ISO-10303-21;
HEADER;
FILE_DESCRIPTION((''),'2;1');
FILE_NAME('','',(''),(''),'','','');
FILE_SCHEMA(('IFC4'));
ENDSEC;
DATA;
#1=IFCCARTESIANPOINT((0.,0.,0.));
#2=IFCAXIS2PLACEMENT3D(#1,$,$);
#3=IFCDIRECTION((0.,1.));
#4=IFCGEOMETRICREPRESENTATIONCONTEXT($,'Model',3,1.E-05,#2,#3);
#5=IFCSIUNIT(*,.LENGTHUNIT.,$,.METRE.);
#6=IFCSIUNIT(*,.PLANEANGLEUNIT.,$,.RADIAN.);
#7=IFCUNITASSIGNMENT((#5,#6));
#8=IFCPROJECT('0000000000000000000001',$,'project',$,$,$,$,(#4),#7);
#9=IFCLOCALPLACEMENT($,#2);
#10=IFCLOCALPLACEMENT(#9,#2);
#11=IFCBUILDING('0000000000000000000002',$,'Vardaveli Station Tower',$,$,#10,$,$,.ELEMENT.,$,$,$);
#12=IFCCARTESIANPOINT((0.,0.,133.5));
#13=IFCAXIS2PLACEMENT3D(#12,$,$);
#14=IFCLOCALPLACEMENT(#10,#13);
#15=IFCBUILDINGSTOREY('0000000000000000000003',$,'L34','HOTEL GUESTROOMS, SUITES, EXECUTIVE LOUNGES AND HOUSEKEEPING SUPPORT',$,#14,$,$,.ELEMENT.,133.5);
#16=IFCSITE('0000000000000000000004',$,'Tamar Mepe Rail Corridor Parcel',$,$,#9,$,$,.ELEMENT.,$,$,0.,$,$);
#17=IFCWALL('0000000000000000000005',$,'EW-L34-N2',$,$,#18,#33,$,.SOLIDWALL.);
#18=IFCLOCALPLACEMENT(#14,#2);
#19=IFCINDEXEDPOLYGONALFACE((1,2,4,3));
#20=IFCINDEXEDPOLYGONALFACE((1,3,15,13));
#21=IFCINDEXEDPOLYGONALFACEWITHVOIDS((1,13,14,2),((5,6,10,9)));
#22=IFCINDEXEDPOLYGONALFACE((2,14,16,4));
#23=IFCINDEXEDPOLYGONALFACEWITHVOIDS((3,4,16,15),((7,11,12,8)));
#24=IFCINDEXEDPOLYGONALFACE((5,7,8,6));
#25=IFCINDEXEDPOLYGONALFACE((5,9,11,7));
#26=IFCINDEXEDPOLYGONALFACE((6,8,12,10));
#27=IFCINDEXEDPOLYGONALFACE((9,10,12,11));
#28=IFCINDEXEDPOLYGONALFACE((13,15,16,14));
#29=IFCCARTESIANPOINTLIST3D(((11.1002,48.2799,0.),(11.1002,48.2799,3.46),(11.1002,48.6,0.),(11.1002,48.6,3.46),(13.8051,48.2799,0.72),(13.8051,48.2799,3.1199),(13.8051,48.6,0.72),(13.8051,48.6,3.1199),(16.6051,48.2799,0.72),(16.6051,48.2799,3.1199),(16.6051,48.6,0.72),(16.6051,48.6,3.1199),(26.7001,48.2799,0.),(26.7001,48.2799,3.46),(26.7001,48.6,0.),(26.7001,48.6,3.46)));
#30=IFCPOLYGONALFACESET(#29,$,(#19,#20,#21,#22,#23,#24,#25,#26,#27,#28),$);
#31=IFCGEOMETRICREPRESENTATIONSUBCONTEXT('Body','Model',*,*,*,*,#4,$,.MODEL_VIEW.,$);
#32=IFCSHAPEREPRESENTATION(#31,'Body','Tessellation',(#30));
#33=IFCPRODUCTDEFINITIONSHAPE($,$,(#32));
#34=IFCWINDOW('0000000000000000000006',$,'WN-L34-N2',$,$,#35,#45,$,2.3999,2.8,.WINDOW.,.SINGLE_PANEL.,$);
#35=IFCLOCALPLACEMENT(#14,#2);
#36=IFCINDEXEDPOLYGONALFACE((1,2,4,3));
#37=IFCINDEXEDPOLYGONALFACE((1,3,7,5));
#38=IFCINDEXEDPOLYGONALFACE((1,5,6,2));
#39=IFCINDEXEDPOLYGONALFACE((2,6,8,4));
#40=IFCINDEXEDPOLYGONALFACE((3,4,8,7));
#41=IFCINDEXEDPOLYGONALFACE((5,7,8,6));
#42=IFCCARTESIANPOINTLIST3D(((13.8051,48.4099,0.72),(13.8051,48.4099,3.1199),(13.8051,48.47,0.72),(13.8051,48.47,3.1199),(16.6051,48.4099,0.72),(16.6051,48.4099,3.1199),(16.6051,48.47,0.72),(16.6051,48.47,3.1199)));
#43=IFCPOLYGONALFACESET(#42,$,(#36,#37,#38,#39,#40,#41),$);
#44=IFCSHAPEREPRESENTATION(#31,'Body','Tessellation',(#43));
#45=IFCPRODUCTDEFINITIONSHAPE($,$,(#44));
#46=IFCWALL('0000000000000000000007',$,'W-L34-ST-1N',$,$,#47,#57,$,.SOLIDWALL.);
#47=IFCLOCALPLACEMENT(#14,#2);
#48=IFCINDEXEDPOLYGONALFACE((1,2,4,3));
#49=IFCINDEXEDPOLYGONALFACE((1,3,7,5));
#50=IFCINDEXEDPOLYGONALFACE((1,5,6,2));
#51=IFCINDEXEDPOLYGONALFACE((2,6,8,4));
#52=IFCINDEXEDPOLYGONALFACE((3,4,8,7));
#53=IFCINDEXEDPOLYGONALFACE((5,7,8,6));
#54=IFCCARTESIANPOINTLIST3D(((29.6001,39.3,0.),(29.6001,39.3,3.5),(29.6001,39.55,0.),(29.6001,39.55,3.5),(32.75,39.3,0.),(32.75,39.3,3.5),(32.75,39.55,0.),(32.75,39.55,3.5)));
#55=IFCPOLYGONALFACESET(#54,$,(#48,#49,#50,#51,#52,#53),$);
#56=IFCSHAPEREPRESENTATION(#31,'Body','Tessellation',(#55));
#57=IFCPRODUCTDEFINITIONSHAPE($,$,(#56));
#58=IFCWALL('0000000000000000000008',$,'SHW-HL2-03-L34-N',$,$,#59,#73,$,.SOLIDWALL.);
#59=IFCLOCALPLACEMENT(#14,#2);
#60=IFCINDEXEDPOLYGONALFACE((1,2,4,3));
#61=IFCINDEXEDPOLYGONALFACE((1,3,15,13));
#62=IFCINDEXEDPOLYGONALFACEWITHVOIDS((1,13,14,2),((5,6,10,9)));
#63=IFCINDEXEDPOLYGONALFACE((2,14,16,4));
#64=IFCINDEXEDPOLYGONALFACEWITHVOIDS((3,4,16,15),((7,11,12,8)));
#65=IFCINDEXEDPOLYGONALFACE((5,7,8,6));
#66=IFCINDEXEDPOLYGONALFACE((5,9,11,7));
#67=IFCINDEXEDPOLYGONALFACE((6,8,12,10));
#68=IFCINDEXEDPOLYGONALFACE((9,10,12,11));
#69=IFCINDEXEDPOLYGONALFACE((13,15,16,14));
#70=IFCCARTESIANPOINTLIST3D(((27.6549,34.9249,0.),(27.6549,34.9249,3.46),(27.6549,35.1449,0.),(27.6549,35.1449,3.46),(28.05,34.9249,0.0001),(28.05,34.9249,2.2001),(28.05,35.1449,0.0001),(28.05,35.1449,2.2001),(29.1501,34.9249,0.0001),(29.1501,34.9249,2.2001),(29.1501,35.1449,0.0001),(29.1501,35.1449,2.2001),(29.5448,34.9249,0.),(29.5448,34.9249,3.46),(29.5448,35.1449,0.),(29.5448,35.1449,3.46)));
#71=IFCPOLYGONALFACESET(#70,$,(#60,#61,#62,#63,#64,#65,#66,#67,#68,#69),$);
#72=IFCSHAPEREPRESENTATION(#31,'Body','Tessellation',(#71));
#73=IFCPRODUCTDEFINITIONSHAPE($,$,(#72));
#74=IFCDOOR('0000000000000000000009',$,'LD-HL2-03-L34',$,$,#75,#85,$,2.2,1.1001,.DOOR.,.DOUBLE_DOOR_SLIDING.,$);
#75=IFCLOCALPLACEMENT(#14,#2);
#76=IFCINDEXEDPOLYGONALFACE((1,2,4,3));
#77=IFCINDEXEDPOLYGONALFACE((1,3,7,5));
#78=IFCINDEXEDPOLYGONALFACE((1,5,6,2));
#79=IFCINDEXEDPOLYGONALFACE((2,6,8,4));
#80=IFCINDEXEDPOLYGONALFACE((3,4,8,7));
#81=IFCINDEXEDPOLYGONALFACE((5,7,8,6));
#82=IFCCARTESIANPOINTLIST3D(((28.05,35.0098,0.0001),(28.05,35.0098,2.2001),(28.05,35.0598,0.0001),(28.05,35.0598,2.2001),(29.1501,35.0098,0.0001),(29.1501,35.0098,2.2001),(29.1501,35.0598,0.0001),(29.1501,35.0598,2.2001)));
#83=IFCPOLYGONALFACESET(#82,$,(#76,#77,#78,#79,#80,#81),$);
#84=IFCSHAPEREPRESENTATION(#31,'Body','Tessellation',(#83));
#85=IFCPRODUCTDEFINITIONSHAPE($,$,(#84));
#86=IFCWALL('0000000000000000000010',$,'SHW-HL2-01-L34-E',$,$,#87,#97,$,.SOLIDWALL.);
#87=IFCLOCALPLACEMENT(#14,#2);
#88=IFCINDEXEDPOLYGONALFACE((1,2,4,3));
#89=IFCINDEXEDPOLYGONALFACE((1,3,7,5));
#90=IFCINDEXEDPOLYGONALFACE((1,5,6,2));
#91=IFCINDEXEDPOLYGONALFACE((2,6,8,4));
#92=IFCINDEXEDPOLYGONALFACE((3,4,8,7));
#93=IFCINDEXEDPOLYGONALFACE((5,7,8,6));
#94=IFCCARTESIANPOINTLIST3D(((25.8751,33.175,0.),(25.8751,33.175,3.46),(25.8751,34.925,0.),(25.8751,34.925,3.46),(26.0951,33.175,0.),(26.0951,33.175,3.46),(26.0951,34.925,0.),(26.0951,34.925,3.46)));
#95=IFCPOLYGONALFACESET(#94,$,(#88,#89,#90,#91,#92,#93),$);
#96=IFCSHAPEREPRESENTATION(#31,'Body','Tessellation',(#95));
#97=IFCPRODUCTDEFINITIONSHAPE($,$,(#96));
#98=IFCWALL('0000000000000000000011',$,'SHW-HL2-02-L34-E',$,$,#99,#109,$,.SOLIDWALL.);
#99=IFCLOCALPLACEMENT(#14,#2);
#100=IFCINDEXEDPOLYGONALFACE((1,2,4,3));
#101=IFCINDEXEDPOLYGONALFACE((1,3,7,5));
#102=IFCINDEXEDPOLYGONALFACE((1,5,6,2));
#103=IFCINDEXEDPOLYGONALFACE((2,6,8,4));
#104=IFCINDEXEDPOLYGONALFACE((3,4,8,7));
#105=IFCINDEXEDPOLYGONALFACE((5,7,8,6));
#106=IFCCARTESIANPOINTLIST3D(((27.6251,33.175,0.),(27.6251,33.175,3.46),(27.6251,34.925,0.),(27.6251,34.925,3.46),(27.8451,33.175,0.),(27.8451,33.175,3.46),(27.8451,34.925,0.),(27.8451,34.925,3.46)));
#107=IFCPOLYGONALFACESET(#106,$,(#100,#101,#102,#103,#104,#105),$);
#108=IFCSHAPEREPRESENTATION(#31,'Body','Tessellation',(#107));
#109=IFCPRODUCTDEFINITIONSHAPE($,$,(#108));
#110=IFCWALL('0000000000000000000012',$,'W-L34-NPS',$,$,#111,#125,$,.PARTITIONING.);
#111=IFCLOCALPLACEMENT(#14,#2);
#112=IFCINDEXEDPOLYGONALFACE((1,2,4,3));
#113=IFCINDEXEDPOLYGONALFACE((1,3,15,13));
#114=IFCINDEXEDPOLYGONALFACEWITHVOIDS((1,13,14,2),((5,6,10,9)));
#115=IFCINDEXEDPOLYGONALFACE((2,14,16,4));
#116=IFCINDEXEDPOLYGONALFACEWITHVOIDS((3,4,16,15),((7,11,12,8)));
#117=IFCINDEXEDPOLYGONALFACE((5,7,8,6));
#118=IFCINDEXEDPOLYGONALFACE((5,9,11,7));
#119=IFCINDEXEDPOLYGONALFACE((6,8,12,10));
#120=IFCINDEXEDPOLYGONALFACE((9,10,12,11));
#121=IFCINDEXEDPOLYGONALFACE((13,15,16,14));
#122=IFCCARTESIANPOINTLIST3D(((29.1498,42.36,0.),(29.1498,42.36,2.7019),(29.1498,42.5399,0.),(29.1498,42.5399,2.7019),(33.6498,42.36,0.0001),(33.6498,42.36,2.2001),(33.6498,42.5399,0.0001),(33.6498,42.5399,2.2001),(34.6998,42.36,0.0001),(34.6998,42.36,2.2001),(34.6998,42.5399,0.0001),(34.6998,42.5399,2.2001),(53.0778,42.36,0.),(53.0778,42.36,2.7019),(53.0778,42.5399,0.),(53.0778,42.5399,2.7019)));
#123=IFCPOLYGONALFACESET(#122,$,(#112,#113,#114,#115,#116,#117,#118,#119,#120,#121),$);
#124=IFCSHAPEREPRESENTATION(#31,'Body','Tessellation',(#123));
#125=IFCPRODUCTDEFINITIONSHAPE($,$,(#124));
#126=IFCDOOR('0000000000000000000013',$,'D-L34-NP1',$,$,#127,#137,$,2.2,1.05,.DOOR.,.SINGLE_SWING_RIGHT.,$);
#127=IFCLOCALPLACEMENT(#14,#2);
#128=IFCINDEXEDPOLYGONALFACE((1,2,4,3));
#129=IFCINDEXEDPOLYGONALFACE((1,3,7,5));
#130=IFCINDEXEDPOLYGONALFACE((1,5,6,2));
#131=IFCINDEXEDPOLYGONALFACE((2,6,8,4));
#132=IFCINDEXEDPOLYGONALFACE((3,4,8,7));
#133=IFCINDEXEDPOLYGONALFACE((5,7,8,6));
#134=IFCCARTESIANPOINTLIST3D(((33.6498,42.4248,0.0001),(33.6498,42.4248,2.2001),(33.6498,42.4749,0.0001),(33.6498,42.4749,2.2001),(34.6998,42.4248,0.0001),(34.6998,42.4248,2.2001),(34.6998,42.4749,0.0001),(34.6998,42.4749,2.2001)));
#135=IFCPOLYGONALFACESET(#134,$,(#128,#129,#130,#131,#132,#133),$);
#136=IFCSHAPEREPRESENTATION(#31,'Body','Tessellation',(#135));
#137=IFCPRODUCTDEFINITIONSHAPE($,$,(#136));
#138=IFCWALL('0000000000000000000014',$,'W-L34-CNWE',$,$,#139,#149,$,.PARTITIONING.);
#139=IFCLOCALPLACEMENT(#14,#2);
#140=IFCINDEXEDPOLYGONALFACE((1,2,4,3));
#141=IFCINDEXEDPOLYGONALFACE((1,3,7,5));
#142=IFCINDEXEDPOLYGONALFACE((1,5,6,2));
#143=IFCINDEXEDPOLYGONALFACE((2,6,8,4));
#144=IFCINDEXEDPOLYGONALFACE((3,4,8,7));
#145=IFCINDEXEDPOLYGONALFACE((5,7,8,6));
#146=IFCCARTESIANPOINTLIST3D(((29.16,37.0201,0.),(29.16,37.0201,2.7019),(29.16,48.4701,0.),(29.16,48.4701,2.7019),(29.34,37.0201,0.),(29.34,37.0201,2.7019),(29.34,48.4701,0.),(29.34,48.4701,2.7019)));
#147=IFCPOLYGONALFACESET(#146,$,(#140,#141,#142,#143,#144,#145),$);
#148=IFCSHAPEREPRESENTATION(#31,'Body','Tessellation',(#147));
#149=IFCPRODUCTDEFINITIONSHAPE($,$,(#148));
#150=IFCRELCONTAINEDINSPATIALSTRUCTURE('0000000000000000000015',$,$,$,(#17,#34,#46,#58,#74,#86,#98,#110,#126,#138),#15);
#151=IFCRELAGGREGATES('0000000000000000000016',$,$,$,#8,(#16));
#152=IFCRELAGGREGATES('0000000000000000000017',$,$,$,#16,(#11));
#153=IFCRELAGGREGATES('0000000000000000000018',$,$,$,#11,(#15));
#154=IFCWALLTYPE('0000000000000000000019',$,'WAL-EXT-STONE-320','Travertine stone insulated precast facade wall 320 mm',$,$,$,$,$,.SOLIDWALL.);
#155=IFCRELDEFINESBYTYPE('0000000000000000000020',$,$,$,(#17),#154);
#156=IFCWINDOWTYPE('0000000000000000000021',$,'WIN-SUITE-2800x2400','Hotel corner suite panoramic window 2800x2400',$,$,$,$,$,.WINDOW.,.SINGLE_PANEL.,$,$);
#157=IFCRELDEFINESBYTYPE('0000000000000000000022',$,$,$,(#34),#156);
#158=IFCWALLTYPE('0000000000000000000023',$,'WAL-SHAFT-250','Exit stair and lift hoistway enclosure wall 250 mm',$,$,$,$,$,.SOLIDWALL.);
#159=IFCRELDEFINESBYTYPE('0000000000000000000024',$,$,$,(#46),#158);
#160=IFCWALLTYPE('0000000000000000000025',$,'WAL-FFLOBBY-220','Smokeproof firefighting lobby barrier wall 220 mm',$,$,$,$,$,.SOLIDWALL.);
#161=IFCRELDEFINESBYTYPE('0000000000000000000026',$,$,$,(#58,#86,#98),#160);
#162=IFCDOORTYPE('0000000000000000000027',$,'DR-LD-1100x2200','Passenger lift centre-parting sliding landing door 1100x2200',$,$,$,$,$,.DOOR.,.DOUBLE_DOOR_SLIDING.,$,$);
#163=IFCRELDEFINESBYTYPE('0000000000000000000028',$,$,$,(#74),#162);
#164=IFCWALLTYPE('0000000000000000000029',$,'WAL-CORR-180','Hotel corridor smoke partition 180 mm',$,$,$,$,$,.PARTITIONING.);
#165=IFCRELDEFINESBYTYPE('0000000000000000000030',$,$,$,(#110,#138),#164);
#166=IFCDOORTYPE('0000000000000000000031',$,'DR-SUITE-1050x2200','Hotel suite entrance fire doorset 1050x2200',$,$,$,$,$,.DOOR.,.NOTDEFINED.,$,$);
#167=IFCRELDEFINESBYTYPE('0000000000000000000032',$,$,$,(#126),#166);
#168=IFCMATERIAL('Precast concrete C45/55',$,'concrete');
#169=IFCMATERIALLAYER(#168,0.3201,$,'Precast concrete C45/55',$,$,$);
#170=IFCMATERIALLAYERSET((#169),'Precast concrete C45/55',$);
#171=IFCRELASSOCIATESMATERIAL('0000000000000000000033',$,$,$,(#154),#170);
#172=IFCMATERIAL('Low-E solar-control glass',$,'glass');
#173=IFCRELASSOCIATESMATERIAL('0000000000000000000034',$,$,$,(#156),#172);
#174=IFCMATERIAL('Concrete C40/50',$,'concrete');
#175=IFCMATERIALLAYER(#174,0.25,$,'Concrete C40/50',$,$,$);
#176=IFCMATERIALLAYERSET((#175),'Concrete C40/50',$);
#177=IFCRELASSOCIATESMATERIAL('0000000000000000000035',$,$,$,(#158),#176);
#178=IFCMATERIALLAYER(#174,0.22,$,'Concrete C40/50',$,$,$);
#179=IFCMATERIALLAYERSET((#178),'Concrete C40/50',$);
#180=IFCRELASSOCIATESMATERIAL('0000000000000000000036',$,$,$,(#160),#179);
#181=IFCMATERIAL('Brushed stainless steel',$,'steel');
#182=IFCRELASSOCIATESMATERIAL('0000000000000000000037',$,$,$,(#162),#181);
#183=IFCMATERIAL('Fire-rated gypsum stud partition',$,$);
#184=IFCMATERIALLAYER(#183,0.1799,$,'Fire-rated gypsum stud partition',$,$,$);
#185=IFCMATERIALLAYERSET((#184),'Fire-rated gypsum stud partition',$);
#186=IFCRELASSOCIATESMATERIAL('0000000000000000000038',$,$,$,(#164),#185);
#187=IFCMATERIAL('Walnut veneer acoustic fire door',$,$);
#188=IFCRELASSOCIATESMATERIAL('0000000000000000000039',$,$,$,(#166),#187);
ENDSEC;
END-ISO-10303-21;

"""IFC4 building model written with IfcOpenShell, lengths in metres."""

from ifc_helpers import new_model, si_unit, direction, frame, frame_2d, origin, place, context, subcontext, project, spatial, rectangle, extrude, source, transform, mapped, material, layer, layer_set, type_object, element, fill, save


model = new_model("IFC4")

# Units and contexts
model_context = context("Model", 3, precision=1e-05, world=origin(), true_north=direction((0.0, 1.0)))
body_context = subcontext(model_context, "Body", "Model", "MODEL_VIEW")
ifc_project = project(units=[si_unit("LENGTHUNIT", "METRE"), si_unit("PLANEANGLEUNIT", "RADIAN")], contexts=[model_context])

# Site, building, storey
site_placement = place(None, origin())
site = spatial("IfcSite", under=ifc_project, at=site_placement, Name="Tamar Mepe Rail Corridor Parcel", CompositionType="ELEMENT", RefElevation=0.0)
building_placement = place(site_placement, origin())
building = spatial("IfcBuilding", under=site, at=building_placement, Name="Vardaveli Station Tower", CompositionType="ELEMENT")
storey_placement = place(building_placement, frame((0.0, 0.0, 133.5)))
storey = spatial("IfcBuildingStorey", under=building, at=storey_placement, Name="L34", Description="HOTEL GUESTROOMS, SUITES, EXECUTIVE LOUNGES AND HOUSEKEEPING SUPPORT", CompositionType="ELEMENT", Elevation=133.5)

# Shared definitions
ifc_material_1 = material(Name="Precast concrete C45/55", Category="concrete")

# Wall, opening, window
ifc_layer_1 = layer(ifc_material_1, 0.3201, Name="Precast concrete C45/55")
ifc_layer_set_1 = layer_set([ifc_layer_1], Name="Precast concrete C45/55")
wall_type_1 = type_object("IfcWallType", Name="WAL-EXT-STONE-320", Description="Travertine stone insulated precast facade wall 320 mm", PredefinedType="SOLIDWALL", material=ifc_layer_set_1)
shared_shape_1 = source(origin(), body_context, "Body", "SweptSolid", [
    extrude(rectangle(XDim=15.5999, YDim=0.3201, at=frame_2d((7.7998, 0.0))), origin(), (0.0, 0.0, 1.0), 3.46),
])
wall_1_placement = place(storey_placement, frame((26.7, 48.4399, 0.0), z_axis=(0.0, 0.0, 1.0), x_axis=(-1.0, 0.0, 0.0)))
wall_1 = element("IfcWall", 1, at=wall_1_placement, inside=storey, type_object=wall_type_1, Name="EW-L34-N2", PredefinedType="SOLIDWALL", context=body_context, shape_type="MappedRepresentation", body=[
    mapped(shared_shape_1, transform((0.0, 0.0, 0.0), scale=1.0)),
])
shared_shape_2 = source(origin(), body_context, "Body", "SweptSolid", [
    extrude(rectangle(XDim=2.8, YDim=2.3999, at=frame_2d((1.3999, 1.2))), frame((0.0, 0.1699, 0.0), z_axis=(0.0, -1.0, 0.0), x_axis=(1.0, 0.0, 0.0)), (0.0, 0.0, 1.0), 0.3401),
])
opening_1_placement = place(wall_1_placement, frame((10.095, 0.0, 0.72)))
opening_1 = element("IfcOpeningElement", 2, at=opening_1_placement, cuts=wall_1, PredefinedType="OPENING", context=body_context, shape_type="MappedRepresentation", body=[
    mapped(shared_shape_2, transform((0.0, 0.0, 0.0), scale=1.0)),
])
ifc_material_2 = material(Name="Low-E solar-control glass", Category="glass")
window_type = type_object("IfcWindowType", Name="WIN-SUITE-2800x2400", Description="Hotel corner suite panoramic window 2800x2400", PartitioningType="SINGLE_PANEL", PredefinedType="WINDOW", material=ifc_material_2)
shared_shape_3 = source(origin(), body_context, "Body", "SweptSolid", [
    extrude(rectangle(XDim=2.8, YDim=2.3999, at=frame_2d((1.3999, 1.2))), frame((0.0, 0.03, 0.0), z_axis=(0.0, -1.0, 0.0), x_axis=(1.0, 0.0, 0.0)), (0.0, 0.0, 1.0), 0.0601),
])
window_placement = place(opening_1_placement, origin())
window = element("IfcWindow", 3, at=window_placement, inside=storey, type_object=window_type, Name="WN-L34-N2", OverallHeight=2.3999, OverallWidth=2.8, PartitioningType="SINGLE_PANEL", PredefinedType="WINDOW", context=body_context, shape_type="MappedRepresentation", body=[
    mapped(shared_shape_3, transform((0.0, 0.0, 0.0), scale=1.0)),
])
fill(opening_1, window)

# Wall
ifc_material_3 = material(Name="Concrete C40/50", Category="concrete")
ifc_layer_2 = layer(ifc_material_3, 0.25, Name="Concrete C40/50")
ifc_layer_set_2 = layer_set([ifc_layer_2], Name="Concrete C40/50")
wall_type_2 = type_object("IfcWallType", Name="WAL-SHAFT-250", Description="Exit stair and lift hoistway enclosure wall 250 mm", PredefinedType="SOLIDWALL", material=ifc_layer_set_2)
shared_shape_4 = source(origin(), body_context, "Body", "SweptSolid", [
    extrude(rectangle(XDim=3.1499, YDim=0.25, at=frame_2d((1.575, 0.0))), origin(), (0.0, 0.0, 1.0), 3.5),
])
wall_2_placement = place(storey_placement, frame((29.6001, 39.425, 0.0), z_axis=(0.0, 0.0, 1.0), x_axis=(1.0, 0.0, 0.0)))
element("IfcWall", 4, at=wall_2_placement, inside=storey, type_object=wall_type_2, Name="W-L34-ST-1N", PredefinedType="SOLIDWALL", context=body_context, shape_type="MappedRepresentation", body=[
    mapped(shared_shape_4, transform((0.0, 0.0, 0.0), scale=1.0)),
])

# Wall, opening, door
ifc_layer_3 = layer(ifc_material_3, 0.22, Name="Concrete C40/50")
ifc_layer_set_3 = layer_set([ifc_layer_3], Name="Concrete C40/50")
wall_type_3 = type_object("IfcWallType", Name="WAL-FFLOBBY-220", Description="Smokeproof firefighting lobby barrier wall 220 mm", PredefinedType="SOLIDWALL", material=ifc_layer_set_3)
shared_shape_5 = source(origin(), body_context, "Body", "SweptSolid", [
    extrude(rectangle(XDim=1.8899, YDim=0.22, at=frame_2d((0.9448, 0.0))), origin(), (0.0, 0.0, 1.0), 3.46),
])
wall_3_placement = place(storey_placement, frame((27.655, 35.0349, 0.0), z_axis=(0.0, 0.0, 1.0), x_axis=(1.0, 0.0, 0.0)))
wall_3 = element("IfcWall", 5, at=wall_3_placement, inside=storey, type_object=wall_type_3, Name="SHW-HL2-03-L34-N", PredefinedType="SOLIDWALL", context=body_context, shape_type="MappedRepresentation", body=[
    mapped(shared_shape_5, transform((0.0, 0.0, 0.0), scale=1.0)),
])
shared_shape_6 = source(origin(), body_context, "Body", "SweptSolid", [
    extrude(rectangle(XDim=1.1001, YDim=2.2, at=frame_2d((0.55, 1.1001))), frame((0.0, 0.1201, 0.0), z_axis=(0.0, -1.0, 0.0), x_axis=(1.0, 0.0, 0.0)), (0.0, 0.0, 1.0), 0.24),
])
opening_2_placement = place(wall_3_placement, frame((0.395, 0.0, 0.0)))
opening_2 = element("IfcOpeningElement", 6, at=opening_2_placement, cuts=wall_3, PredefinedType="OPENING", context=body_context, shape_type="MappedRepresentation", body=[
    mapped(shared_shape_6, transform((0.0, 0.0, 0.0), scale=1.0)),
])
ifc_material_4 = material(Name="Brushed stainless steel", Category="steel")
door_type_1 = type_object("IfcDoorType", Name="DR-LD-1100x2200", Description="Passenger lift centre-parting sliding landing door 1100x2200", OperationType="DOUBLE_DOOR_SLIDING", PredefinedType="DOOR", material=ifc_material_4)
shared_shape_7 = source(origin(), body_context, "Body", "SweptSolid", [
    extrude(rectangle(XDim=1.1001, YDim=2.2, at=frame_2d((0.55, 1.1001))), frame((0.0, 0.0249, 0.0), z_axis=(0.0, -1.0, 0.0), x_axis=(1.0, 0.0, 0.0)), (0.0, 0.0, 1.0), 0.05),
])
door_1_placement = place(opening_2_placement, origin())
door_1 = element("IfcDoor", 7, at=door_1_placement, inside=storey, type_object=door_type_1, Name="LD-HL2-03-L34", OperationType="DOUBLE_DOOR_SLIDING", OverallHeight=2.2, OverallWidth=1.1001, PredefinedType="DOOR", context=body_context, shape_type="MappedRepresentation", body=[
    mapped(shared_shape_7, transform((0.0, 0.0, 0.0), scale=1.0)),
])
fill(opening_2, door_1)

# Walls
shared_shape_8 = source(origin(), body_context, "Body", "SweptSolid", [
    extrude(rectangle(XDim=1.75, YDim=0.22, at=frame_2d((0.875, 0.0))), origin(), (0.0, 0.0, 1.0), 3.46),
])
for number, where, z_axis, x_axis, name in (
    (8, (25.9851, 33.175, 0.0), (0.0, 0.0, 1.0), (0.0, 1.0, 0.0), "SHW-HL2-01-L34-E"),
    (9, (27.7351, 33.175, 0.0), (0.0, 0.0, 1.0), (0.0, 1.0, 0.0), "SHW-HL2-02-L34-E"),
):
    element("IfcWall", number, at=place(storey_placement, frame(where, z_axis=z_axis, x_axis=x_axis)), inside=storey, type_object=wall_type_3, Name=name, PredefinedType="SOLIDWALL", context=body_context, shape_type="MappedRepresentation", body=[
        mapped(shared_shape_8, transform((0.0, 0.0, 0.0), scale=1.0)),
    ])

# Wall, opening, door
ifc_material_5 = material(Name="Fire-rated gypsum stud partition")
ifc_layer_4 = layer(ifc_material_5, 0.1799, Name="Fire-rated gypsum stud partition")
ifc_layer_set_4 = layer_set([ifc_layer_4], Name="Fire-rated gypsum stud partition")
wall_type_4 = type_object("IfcWallType", Name="WAL-CORR-180", Description="Hotel corridor smoke partition 180 mm", PredefinedType="PARTITIONING", material=ifc_layer_set_4)
shared_shape_9 = source(origin(), body_context, "Body", "SweptSolid", [
    extrude(rectangle(XDim=23.928, YDim=0.1799, at=frame_2d((11.9639, 0.0))), origin(), (0.0, 0.0, 1.0), 2.7019),
])
wall_4_placement = place(storey_placement, frame((29.1499, 42.45, 0.0), z_axis=(0.0, 0.0, 1.0), x_axis=(1.0, 0.0, 0.0)))
wall_4 = element("IfcWall", 10, at=wall_4_placement, inside=storey, type_object=wall_type_4, Name="W-L34-NPS", PredefinedType="PARTITIONING", context=body_context, shape_type="MappedRepresentation", body=[
    mapped(shared_shape_9, transform((0.0, 0.0, 0.0), scale=1.0)),
])
shared_shape_10 = source(origin(), body_context, "Body", "SweptSolid", [
    extrude(rectangle(XDim=1.05, YDim=2.2, at=frame_2d((0.5249, 1.1001))), frame((0.0, 0.1001, 0.0), z_axis=(0.0, -1.0, 0.0), x_axis=(1.0, 0.0, 0.0)), (0.0, 0.0, 1.0), 0.2),
])
opening_3_placement = place(wall_4_placement, frame((4.5, 0.0, 0.0)))
opening_3 = element("IfcOpeningElement", 11, at=opening_3_placement, cuts=wall_4, PredefinedType="OPENING", context=body_context, shape_type="MappedRepresentation", body=[
    mapped(shared_shape_10, transform((0.0, 0.0, 0.0), scale=1.0)),
])
ifc_material_6 = material(Name="Walnut veneer acoustic fire door")
door_type_2 = type_object("IfcDoorType", Name="DR-SUITE-1050x2200", Description="Hotel suite entrance fire doorset 1050x2200", OperationType="NOTDEFINED", PredefinedType="DOOR", material=ifc_material_6)
shared_shape_11 = source(origin(), body_context, "Body", "SweptSolid", [
    extrude(rectangle(XDim=1.05, YDim=2.2, at=frame_2d((0.5249, 1.1001))), frame((0.0, 0.0249, 0.0), z_axis=(0.0, -1.0, 0.0), x_axis=(1.0, 0.0, 0.0)), (0.0, 0.0, 1.0), 0.05),
])
door_2_placement = place(opening_3_placement, origin())
door_2 = element("IfcDoor", 12, at=door_2_placement, inside=storey, type_object=door_type_2, Name="D-L34-NP1", OperationType="SINGLE_SWING_RIGHT", OverallHeight=2.2, OverallWidth=1.05, PredefinedType="DOOR", context=body_context, shape_type="MappedRepresentation", body=[
    mapped(shared_shape_11, transform((0.0, 0.0, 0.0), scale=1.0)),
])
fill(opening_3, door_2)

# Wall
shared_shape_12 = source(origin(), body_context, "Body", "SweptSolid", [
    extrude(rectangle(XDim=11.45, YDim=0.1799, at=frame_2d((5.7251, 0.0))), origin(), (0.0, 0.0, 1.0), 2.7019),
])
wall_5_placement = place(storey_placement, frame((29.25, 37.02, 0.0), z_axis=(0.0, 0.0, 1.0), x_axis=(0.0, 1.0, 0.0)))
element("IfcWall", 13, at=wall_5_placement, inside=storey, type_object=wall_type_4, Name="W-L34-CNWE", PredefinedType="PARTITIONING", context=body_context, shape_type="MappedRepresentation", body=[
    mapped(shared_shape_12, transform((0.0, 0.0, 0.0), scale=1.0)),
])

save(model, "model.ifc")
